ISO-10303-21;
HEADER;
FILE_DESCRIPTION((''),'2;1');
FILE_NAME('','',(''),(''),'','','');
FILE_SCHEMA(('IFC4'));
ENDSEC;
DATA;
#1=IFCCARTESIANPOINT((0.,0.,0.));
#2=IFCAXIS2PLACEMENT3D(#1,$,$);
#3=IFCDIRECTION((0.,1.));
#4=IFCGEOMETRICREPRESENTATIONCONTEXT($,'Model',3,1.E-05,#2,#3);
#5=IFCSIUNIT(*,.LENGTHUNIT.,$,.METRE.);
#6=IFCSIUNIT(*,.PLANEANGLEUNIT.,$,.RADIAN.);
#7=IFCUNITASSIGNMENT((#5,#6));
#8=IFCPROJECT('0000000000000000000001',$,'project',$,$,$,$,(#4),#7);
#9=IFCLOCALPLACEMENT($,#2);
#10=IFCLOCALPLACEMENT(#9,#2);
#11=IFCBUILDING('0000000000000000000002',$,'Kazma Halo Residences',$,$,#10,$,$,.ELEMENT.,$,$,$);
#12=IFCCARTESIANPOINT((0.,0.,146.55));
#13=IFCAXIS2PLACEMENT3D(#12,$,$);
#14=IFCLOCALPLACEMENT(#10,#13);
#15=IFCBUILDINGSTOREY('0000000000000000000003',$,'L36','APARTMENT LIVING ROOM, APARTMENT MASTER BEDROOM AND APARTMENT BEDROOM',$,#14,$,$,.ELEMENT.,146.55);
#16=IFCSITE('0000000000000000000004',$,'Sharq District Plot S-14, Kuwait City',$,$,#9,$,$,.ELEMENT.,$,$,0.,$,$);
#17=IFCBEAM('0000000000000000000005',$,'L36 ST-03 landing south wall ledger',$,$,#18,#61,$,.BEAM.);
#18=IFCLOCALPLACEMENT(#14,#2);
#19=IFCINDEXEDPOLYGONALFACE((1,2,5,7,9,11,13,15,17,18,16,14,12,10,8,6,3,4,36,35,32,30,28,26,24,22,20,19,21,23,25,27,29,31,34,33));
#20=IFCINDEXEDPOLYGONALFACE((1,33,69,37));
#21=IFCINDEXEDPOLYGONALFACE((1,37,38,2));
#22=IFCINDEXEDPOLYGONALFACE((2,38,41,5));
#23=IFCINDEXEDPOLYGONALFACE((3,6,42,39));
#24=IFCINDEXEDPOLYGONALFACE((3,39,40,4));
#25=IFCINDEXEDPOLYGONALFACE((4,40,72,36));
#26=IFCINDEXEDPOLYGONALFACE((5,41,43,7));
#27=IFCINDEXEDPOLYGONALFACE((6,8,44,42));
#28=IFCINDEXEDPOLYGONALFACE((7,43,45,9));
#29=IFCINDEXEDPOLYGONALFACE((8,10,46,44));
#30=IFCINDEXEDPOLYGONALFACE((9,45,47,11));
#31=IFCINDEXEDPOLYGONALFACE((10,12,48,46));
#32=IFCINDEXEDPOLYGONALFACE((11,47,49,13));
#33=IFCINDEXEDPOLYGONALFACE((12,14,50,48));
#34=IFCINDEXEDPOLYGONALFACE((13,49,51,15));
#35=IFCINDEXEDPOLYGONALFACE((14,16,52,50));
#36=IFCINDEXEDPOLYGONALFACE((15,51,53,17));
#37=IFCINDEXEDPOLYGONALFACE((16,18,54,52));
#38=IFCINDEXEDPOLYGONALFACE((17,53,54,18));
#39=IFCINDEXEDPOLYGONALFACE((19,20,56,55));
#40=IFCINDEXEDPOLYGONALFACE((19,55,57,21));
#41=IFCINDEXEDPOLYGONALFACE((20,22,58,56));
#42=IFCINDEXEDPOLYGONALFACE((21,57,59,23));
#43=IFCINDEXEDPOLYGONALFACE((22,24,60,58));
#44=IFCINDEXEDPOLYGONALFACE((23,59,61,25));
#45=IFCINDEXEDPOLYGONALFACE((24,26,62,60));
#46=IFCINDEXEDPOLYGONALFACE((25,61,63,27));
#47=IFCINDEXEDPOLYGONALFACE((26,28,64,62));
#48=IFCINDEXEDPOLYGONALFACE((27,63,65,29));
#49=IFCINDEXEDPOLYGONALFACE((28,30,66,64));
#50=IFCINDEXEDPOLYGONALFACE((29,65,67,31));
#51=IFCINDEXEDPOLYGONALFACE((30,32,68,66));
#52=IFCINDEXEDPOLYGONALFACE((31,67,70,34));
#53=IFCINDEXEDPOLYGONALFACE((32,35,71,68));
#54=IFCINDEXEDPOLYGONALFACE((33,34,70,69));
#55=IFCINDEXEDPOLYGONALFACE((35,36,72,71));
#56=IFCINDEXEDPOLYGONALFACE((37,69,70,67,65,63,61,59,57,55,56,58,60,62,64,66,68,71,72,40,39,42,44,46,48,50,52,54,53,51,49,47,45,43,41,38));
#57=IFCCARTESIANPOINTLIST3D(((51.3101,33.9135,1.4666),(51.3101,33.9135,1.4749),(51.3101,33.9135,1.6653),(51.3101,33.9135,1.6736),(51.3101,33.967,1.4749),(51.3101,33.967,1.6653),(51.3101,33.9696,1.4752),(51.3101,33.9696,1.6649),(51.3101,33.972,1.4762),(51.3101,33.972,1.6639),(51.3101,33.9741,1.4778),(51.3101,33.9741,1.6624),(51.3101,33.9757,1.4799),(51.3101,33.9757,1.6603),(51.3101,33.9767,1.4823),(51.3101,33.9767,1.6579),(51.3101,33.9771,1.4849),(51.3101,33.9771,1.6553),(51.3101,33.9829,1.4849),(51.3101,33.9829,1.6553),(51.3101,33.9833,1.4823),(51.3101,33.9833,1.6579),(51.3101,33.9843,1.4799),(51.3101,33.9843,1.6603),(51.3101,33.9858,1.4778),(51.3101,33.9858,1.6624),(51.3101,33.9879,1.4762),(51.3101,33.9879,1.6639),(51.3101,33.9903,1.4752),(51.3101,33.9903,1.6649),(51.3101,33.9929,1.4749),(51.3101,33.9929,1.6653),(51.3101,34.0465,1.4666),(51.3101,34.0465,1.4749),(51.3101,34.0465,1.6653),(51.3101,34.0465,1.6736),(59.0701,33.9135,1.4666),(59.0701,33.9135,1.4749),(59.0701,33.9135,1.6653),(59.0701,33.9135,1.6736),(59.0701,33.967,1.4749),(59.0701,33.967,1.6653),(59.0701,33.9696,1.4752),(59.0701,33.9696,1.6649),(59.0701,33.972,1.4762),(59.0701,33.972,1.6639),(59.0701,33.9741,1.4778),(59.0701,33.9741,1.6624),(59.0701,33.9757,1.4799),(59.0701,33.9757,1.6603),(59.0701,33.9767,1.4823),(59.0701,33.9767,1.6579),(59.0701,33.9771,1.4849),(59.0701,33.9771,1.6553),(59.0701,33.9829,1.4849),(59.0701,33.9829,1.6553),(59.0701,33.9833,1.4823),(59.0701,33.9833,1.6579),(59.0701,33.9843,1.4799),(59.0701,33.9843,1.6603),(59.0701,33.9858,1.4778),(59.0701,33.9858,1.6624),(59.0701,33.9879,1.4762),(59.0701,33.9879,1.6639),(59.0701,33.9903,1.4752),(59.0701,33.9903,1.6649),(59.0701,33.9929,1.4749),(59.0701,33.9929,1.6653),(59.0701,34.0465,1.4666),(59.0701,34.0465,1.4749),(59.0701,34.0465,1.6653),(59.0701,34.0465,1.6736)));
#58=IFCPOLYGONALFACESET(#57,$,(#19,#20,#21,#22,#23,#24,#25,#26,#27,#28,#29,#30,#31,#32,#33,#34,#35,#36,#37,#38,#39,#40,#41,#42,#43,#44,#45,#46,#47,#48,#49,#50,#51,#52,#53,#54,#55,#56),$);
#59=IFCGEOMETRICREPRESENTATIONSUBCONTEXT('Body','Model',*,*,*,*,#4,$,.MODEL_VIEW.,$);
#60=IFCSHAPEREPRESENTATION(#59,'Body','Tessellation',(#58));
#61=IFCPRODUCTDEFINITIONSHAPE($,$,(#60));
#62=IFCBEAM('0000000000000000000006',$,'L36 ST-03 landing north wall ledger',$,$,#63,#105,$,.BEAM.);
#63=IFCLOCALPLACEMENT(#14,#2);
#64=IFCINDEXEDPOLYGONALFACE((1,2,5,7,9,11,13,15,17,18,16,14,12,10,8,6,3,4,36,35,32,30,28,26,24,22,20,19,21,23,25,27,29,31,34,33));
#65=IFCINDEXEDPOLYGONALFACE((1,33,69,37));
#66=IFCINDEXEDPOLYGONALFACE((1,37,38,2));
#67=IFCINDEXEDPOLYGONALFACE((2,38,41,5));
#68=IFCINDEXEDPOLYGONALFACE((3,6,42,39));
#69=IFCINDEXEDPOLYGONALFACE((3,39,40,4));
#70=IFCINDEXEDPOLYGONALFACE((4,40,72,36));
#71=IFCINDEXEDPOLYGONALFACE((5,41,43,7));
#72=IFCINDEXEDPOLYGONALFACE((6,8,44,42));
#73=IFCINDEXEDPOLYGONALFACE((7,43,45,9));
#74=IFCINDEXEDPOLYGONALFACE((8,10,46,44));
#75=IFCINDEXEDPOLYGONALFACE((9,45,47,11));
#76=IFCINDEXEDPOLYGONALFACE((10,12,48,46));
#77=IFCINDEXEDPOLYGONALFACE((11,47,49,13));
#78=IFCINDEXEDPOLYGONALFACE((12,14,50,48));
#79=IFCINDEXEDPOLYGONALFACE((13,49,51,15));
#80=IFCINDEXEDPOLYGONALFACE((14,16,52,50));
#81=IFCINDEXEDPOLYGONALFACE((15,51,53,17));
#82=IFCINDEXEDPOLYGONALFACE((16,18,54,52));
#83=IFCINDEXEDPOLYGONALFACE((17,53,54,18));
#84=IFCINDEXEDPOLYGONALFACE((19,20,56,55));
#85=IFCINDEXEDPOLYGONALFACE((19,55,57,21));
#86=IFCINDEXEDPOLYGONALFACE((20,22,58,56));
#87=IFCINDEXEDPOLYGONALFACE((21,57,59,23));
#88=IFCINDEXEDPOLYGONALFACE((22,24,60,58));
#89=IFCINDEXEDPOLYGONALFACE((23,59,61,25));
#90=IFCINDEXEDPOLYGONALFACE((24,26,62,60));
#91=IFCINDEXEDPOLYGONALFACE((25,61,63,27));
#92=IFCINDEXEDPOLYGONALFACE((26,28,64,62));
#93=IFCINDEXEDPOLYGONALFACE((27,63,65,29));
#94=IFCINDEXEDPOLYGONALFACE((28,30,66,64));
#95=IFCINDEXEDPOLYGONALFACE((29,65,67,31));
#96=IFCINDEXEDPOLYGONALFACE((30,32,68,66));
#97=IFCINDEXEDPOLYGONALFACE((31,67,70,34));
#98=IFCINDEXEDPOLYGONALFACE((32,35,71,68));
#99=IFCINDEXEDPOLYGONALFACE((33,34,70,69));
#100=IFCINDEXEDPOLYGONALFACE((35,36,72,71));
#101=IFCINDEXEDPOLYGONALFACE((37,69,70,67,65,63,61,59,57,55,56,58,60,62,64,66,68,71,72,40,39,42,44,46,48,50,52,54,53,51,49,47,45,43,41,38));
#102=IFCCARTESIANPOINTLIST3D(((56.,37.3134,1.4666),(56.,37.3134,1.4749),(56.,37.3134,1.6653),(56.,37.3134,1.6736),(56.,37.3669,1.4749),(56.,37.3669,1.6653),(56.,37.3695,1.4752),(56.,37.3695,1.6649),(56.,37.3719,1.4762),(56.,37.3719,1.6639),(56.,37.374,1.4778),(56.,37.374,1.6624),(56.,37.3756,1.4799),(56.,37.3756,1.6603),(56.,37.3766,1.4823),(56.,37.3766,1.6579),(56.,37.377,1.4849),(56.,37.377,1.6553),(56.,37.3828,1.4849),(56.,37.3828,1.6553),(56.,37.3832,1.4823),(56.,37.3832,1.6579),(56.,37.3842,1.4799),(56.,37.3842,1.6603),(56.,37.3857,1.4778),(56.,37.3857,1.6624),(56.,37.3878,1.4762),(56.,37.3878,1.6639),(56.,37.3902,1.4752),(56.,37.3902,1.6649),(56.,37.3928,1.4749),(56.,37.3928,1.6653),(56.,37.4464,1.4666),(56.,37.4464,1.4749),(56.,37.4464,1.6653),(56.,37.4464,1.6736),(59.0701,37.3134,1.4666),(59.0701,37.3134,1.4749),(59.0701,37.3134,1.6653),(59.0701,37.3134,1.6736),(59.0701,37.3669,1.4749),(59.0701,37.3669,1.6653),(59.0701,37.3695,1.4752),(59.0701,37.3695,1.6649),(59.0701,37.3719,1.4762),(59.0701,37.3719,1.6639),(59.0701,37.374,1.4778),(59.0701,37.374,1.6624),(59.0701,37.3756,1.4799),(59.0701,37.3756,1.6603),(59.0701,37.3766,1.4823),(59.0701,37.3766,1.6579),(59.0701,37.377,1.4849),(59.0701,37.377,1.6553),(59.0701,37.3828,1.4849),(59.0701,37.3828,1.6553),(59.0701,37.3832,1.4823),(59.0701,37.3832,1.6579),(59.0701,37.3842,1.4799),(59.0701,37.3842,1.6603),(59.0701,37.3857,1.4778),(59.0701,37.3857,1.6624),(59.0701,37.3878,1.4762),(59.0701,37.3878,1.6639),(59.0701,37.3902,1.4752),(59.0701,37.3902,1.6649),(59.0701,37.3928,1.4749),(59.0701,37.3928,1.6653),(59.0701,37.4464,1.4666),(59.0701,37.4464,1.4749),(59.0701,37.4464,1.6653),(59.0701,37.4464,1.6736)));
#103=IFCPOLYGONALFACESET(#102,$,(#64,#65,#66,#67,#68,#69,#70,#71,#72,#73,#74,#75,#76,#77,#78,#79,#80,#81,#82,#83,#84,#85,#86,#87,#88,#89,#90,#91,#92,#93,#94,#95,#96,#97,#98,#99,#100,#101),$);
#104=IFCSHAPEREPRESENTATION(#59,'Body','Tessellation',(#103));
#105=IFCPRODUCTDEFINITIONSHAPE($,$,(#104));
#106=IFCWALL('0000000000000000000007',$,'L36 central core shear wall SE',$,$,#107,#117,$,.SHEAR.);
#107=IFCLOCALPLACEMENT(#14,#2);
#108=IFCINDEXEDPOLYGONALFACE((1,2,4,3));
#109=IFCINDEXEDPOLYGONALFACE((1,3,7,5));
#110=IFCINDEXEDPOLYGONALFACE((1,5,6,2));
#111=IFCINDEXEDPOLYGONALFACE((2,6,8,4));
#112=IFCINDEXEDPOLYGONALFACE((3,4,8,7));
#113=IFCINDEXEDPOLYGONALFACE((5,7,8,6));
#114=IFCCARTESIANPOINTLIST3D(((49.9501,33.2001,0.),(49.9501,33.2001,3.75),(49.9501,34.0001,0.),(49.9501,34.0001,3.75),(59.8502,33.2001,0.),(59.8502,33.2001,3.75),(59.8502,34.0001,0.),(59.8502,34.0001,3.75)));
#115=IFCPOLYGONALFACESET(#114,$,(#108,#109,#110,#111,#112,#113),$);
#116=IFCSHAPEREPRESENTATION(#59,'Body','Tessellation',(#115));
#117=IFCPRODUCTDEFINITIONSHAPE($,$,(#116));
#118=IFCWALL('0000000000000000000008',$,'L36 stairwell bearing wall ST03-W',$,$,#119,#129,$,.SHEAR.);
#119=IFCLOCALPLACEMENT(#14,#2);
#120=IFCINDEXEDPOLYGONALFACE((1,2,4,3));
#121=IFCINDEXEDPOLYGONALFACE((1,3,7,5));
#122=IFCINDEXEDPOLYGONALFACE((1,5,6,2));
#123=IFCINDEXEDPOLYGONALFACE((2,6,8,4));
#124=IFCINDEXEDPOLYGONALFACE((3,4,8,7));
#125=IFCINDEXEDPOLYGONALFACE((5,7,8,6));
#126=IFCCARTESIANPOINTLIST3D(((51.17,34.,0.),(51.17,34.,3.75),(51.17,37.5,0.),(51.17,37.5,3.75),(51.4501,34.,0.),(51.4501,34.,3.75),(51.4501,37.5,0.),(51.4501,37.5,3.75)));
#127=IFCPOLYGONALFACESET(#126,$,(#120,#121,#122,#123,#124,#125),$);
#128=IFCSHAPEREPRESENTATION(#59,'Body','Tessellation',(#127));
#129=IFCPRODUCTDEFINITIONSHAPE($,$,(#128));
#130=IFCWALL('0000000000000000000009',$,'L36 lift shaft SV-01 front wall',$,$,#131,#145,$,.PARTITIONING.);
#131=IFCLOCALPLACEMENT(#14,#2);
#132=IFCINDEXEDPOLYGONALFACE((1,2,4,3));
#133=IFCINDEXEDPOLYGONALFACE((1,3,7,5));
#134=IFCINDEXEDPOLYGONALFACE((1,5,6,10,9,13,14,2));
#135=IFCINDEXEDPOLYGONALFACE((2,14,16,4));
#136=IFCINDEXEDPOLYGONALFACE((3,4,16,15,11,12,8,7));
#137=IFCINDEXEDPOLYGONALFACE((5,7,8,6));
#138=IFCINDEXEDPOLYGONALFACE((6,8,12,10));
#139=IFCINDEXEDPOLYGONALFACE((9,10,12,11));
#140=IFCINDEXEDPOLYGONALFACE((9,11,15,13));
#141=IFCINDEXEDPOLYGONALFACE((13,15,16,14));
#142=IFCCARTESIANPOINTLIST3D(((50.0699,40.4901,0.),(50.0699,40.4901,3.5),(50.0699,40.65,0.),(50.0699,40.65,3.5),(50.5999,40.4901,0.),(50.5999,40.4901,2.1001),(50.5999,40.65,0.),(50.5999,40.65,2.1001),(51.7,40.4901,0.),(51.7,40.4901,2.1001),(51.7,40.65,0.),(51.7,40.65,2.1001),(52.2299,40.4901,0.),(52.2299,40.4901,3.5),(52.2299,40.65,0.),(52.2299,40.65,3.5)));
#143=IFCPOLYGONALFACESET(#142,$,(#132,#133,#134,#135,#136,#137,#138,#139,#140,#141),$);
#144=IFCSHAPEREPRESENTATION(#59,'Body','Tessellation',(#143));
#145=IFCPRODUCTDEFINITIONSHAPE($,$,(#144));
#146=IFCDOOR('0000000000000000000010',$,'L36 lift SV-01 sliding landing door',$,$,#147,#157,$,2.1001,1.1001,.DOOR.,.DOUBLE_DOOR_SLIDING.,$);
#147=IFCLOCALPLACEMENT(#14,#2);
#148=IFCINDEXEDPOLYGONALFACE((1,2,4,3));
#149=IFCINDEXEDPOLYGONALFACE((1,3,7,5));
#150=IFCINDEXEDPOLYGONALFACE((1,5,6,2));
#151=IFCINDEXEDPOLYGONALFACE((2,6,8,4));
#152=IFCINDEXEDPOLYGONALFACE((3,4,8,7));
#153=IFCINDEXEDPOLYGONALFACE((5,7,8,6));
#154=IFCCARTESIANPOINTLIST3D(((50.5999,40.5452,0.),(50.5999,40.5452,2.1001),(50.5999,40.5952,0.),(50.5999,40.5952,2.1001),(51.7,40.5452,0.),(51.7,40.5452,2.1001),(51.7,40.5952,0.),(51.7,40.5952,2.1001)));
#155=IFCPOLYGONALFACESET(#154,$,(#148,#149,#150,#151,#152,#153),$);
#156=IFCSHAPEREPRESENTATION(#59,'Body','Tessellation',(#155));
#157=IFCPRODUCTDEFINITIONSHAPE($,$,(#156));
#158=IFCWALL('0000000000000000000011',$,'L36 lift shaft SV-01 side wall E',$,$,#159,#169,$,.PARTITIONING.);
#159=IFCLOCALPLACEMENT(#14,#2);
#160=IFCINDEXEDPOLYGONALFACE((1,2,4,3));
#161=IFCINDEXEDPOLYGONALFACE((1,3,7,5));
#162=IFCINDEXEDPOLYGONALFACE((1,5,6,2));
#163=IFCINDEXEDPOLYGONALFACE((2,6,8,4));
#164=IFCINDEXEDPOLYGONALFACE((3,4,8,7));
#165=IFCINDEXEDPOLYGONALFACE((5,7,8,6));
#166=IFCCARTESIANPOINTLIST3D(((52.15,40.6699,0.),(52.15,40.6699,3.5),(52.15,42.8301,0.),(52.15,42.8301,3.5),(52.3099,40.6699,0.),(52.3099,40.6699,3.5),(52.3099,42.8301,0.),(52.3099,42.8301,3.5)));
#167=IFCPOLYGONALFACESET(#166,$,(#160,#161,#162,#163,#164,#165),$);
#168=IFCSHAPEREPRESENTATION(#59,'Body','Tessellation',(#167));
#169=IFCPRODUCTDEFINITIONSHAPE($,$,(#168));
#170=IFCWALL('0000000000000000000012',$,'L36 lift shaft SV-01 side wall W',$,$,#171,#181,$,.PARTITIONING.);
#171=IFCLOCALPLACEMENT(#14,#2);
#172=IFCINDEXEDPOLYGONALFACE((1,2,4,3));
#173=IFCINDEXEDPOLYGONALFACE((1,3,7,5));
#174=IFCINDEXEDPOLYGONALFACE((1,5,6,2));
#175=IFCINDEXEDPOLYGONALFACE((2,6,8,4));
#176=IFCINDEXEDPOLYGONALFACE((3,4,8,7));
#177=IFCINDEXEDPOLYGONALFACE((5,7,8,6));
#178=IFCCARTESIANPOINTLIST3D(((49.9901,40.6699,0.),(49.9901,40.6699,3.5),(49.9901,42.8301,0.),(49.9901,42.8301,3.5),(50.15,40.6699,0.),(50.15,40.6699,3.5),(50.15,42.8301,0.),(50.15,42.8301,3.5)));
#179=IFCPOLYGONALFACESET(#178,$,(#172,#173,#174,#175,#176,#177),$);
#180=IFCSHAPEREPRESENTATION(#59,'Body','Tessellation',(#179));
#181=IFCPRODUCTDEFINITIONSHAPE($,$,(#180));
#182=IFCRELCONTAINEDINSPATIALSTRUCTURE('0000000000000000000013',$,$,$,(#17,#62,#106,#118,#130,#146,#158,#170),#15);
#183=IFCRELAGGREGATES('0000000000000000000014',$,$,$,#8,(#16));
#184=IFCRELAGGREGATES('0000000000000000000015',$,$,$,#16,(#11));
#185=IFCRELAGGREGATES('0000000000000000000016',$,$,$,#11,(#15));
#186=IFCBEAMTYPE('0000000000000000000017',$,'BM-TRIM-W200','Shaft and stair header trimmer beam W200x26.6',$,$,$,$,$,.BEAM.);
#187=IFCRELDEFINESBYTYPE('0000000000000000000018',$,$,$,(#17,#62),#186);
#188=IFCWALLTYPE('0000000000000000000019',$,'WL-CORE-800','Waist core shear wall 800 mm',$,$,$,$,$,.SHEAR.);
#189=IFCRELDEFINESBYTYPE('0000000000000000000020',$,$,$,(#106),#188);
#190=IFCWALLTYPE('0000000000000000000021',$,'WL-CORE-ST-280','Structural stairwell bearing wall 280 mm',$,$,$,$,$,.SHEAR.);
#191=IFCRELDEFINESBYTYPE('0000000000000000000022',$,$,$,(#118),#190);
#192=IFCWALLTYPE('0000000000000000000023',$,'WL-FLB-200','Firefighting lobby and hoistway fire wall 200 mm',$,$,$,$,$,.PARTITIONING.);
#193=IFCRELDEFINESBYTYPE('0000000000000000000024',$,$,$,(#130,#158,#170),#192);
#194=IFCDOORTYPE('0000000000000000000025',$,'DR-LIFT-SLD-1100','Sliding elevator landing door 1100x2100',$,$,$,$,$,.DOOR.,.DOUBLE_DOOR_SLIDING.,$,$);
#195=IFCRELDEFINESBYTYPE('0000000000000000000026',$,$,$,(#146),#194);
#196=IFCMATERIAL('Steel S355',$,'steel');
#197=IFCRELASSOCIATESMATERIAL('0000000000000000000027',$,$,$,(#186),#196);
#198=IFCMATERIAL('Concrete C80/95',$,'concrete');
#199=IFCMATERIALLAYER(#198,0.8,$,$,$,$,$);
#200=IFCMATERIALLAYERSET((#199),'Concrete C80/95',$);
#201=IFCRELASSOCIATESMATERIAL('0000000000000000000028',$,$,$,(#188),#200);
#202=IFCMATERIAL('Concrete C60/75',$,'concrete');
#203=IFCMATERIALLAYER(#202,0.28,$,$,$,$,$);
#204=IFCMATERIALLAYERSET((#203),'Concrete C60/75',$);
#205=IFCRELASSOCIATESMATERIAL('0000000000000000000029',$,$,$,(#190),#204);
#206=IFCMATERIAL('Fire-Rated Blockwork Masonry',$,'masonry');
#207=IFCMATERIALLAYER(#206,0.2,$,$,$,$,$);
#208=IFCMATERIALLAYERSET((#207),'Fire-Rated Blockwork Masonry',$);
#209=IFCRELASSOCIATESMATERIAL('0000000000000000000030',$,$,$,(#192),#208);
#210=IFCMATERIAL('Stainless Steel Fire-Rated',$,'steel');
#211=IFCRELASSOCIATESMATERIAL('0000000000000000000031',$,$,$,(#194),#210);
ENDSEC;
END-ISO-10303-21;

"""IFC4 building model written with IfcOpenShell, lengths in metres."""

from ifc_helpers import new_model, si_unit, direction, frame, frame_2d, origin, origin_2d, place, context, subcontext, project, spatial, rectangle, i_section, extrude, material, layer, layer_set, material_profile, profile_set, type_object, element, fill, save


model = new_model("IFC4")

# Units and contexts
model_context = context("Model", 3, precision=1e-05, world=origin(), true_north=direction((0.0, 1.0)))
body_context = subcontext(model_context, "Body", "Model", "MODEL_VIEW")
ifc_project = project(units=[si_unit("LENGTHUNIT", "METRE"), si_unit("PLANEANGLEUNIT", "RADIAN")], contexts=[model_context])

# Site, building, storey
site_placement = place(None, origin())
site = spatial("IfcSite", under=ifc_project, at=site_placement, Name="Sharq District Plot S-14, Kuwait City", CompositionType="ELEMENT", RefElevation=0.0)
building_placement = place(site_placement, origin())
building = spatial("IfcBuilding", under=site, at=building_placement, Name="Kazma Halo Residences", CompositionType="ELEMENT")
storey_placement = place(building_placement, frame((0.0, 0.0, 146.55)))
storey = spatial("IfcBuildingStorey", under=building, at=storey_placement, Name="L36", Description="APARTMENT LIVING ROOM, APARTMENT MASTER BEDROOM AND APARTMENT BEDROOM", CompositionType="ELEMENT", Elevation=146.55)

# Shared definitions
ifc_material_1 = material(Name="Steel S355", Category="steel")

# Beams
ifc_material_profile_1 = material_profile(ifc_material_1, i_section(OverallWidth=0.1331, OverallDepth=0.207, WebThickness=0.0059, FlangeThickness=0.0083, FilletRadius=0.01, at=origin_2d()), Name="W200x26.6")
ifc_profile_set_1 = profile_set([ifc_material_profile_1], Name="Steel S355")
beam_type_1 = type_object("IfcBeamType", Name="BM-TRIM-W200", Description="Shaft and stair header trimmer beam W200x26.6", PredefinedType="BEAM", material=ifc_profile_set_1)
beam_1_placement = place(storey_placement, frame((51.3101, 33.98, 1.5701), z_axis=(1.0, 0.0, 0.0), x_axis=(0.0, 1.0, 0.0)))
element("IfcBeam", 1, at=beam_1_placement, inside=storey, type_object=beam_type_1, Name="L36 ST-03 landing south wall ledger", PredefinedType="BEAM", context=body_context, shape_type="SweptSolid", body=[
    extrude(i_section(OverallWidth=0.1331, OverallDepth=0.207, WebThickness=0.0059, FlangeThickness=0.0083, FilletRadius=0.01, at=origin_2d()), origin(), (0.0, 0.0, 1.0), 7.76),
])
beam_2_placement = place(storey_placement, frame((56.0, 37.3799, 1.5701), z_axis=(1.0, 0.0, 0.0), x_axis=(0.0, 1.0, 0.0)))
element("IfcBeam", 2, at=beam_2_placement, inside=storey, type_object=beam_type_1, Name="L36 ST-03 landing north wall ledger", PredefinedType="BEAM", context=body_context, shape_type="SweptSolid", body=[
    extrude(i_section(OverallWidth=0.1331, OverallDepth=0.207, WebThickness=0.0059, FlangeThickness=0.0083, FilletRadius=0.01, at=origin_2d()), origin(), (0.0, 0.0, 1.0), 3.0701),
])

# Walls
ifc_material_2 = material(Name="Concrete C80/95", Category="concrete")
ifc_layer_1 = layer(ifc_material_2, 0.8)
ifc_layer_set_1 = layer_set([ifc_layer_1], Name="Concrete C80/95")
wall_type_1 = type_object("IfcWallType", Name="WL-CORE-800", Description="Waist core shear wall 800 mm", PredefinedType="SHEAR", material=ifc_layer_set_1)
wall_1_placement = place(storey_placement, frame((49.95, 33.6001, 0.0), z_axis=(0.0, 0.0, 1.0), x_axis=(1.0, 0.0, 0.0)))
element("IfcWall", 3, at=wall_1_placement, inside=storey, type_object=wall_type_1, Name="L36 central core shear wall SE", PredefinedType="SHEAR", context=body_context, shape_type="SweptSolid", body=[
    extrude(rectangle(XDim=9.9001, YDim=0.8, at=frame_2d((4.9502, 0.0))), origin(), (0.0, 0.0, 1.0), 3.75),
])
ifc_material_3 = material(Name="Concrete C60/75", Category="concrete")
ifc_layer_2 = layer(ifc_material_3, 0.28)
ifc_layer_set_2 = layer_set([ifc_layer_2], Name="Concrete C60/75")
wall_type_2 = type_object("IfcWallType", Name="WL-CORE-ST-280", Description="Structural stairwell bearing wall 280 mm", PredefinedType="SHEAR", material=ifc_layer_set_2)
wall_2_placement = place(storey_placement, frame((51.3101, 34.0, 0.0), z_axis=(0.0, 0.0, 1.0), x_axis=(0.0, 1.0, 0.0)))
element("IfcWall", 4, at=wall_2_placement, inside=storey, type_object=wall_type_2, Name="L36 stairwell bearing wall ST03-W", PredefinedType="SHEAR", context=body_context, shape_type="SweptSolid", body=[
    extrude(rectangle(XDim=3.5, YDim=0.28, at=frame_2d((1.75, 0.0))), origin(), (0.0, 0.0, 1.0), 3.75),
])

# Wall, opening, door
ifc_material_4 = material(Name="Fire-Rated Blockwork Masonry", Category="masonry")
ifc_layer_3 = layer(ifc_material_4, 0.2)
ifc_layer_set_3 = layer_set([ifc_layer_3], Name="Fire-Rated Blockwork Masonry")
wall_type_3 = type_object("IfcWallType", Name="WL-FLB-200", Description="Firefighting lobby and hoistway fire wall 200 mm", PredefinedType="PARTITIONING", material=ifc_layer_set_3)
wall_3_placement = place(storey_placement, frame((52.23, 40.5701, 0.0), z_axis=(0.0, 0.0, 1.0), x_axis=(-1.0, 0.0, 0.0)))
wall_3 = element("IfcWall", 5, at=wall_3_placement, inside=storey, type_object=wall_type_3, Name="L36 lift shaft SV-01 front wall", PredefinedType="PARTITIONING", context=body_context, shape_type="SweptSolid", body=[
    extrude(rectangle(XDim=2.1599, YDim=0.1599, at=frame_2d((1.0801, 0.0))), origin(), (0.0, 0.0, 1.0), 3.5),
])
opening_1_placement = place(wall_3_placement, frame((0.53, 0.0, 0.0)))
opening_1 = element("IfcOpeningElement", 6, at=opening_1_placement, cuts=wall_3, PredefinedType="OPENING", context=body_context, shape_type="SweptSolid", body=[
    extrude(rectangle(XDim=1.1001, YDim=2.1001, at=frame_2d((0.55, 1.05))), frame((0.0, 0.0898, 0.0), z_axis=(0.0, -1.0, 0.0), x_axis=(1.0, 0.0, 0.0)), (0.0, 0.0, 1.0), 0.1799),
])
ifc_material_5 = material(Name="Stainless Steel Fire-Rated", Category="steel")
door_type_1 = type_object("IfcDoorType", Name="DR-LIFT-SLD-1100", Description="Sliding elevator landing door 1100x2100", OperationType="DOUBLE_DOOR_SLIDING", PredefinedType="DOOR", material=ifc_material_5)
door_1_placement = place(opening_1_placement, origin())
door_1 = element("IfcDoor", 7, at=door_1_placement, inside=storey, type_object=door_type_1, Name="L36 lift SV-01 sliding landing door", OperationType="DOUBLE_DOOR_SLIDING", OverallHeight=2.1001, OverallWidth=1.1001, PredefinedType="DOOR", context=body_context, shape_type="SweptSolid", body=[
    extrude(rectangle(XDim=1.1001, YDim=2.1001, at=frame_2d((0.55, 1.05))), frame((0.0, 0.0249, 0.0), z_axis=(0.0, -1.0, 0.0), x_axis=(1.0, 0.0, 0.0)), (0.0, 0.0, 1.0), 0.05),
])
fill(opening_1, door_1)

# Walls
for number, where, z_axis, x_axis, name in (
    (8, (52.23, 40.6699, 0.0), (0.0, 0.0, 1.0), (0.0, 1.0, 0.0), "L36 lift shaft SV-01 side wall E"),
    (9, (50.0701, 40.6699, 0.0), (0.0, 0.0, 1.0), (0.0, 1.0, 0.0), "L36 lift shaft SV-01 side wall W"),
):
    element("IfcWall", number, at=place(storey_placement, frame(where, z_axis=z_axis, x_axis=x_axis)), inside=storey, type_object=wall_type_3, Name=name, PredefinedType="PARTITIONING", context=body_context, shape_type="SweptSolid", body=[
        extrude(rectangle(XDim=2.1602, YDim=0.1599, at=frame_2d((1.0801, 0.0))), origin(), (0.0, 0.0, 1.0), 3.5),
    ])

save(model, "model.ifc")
